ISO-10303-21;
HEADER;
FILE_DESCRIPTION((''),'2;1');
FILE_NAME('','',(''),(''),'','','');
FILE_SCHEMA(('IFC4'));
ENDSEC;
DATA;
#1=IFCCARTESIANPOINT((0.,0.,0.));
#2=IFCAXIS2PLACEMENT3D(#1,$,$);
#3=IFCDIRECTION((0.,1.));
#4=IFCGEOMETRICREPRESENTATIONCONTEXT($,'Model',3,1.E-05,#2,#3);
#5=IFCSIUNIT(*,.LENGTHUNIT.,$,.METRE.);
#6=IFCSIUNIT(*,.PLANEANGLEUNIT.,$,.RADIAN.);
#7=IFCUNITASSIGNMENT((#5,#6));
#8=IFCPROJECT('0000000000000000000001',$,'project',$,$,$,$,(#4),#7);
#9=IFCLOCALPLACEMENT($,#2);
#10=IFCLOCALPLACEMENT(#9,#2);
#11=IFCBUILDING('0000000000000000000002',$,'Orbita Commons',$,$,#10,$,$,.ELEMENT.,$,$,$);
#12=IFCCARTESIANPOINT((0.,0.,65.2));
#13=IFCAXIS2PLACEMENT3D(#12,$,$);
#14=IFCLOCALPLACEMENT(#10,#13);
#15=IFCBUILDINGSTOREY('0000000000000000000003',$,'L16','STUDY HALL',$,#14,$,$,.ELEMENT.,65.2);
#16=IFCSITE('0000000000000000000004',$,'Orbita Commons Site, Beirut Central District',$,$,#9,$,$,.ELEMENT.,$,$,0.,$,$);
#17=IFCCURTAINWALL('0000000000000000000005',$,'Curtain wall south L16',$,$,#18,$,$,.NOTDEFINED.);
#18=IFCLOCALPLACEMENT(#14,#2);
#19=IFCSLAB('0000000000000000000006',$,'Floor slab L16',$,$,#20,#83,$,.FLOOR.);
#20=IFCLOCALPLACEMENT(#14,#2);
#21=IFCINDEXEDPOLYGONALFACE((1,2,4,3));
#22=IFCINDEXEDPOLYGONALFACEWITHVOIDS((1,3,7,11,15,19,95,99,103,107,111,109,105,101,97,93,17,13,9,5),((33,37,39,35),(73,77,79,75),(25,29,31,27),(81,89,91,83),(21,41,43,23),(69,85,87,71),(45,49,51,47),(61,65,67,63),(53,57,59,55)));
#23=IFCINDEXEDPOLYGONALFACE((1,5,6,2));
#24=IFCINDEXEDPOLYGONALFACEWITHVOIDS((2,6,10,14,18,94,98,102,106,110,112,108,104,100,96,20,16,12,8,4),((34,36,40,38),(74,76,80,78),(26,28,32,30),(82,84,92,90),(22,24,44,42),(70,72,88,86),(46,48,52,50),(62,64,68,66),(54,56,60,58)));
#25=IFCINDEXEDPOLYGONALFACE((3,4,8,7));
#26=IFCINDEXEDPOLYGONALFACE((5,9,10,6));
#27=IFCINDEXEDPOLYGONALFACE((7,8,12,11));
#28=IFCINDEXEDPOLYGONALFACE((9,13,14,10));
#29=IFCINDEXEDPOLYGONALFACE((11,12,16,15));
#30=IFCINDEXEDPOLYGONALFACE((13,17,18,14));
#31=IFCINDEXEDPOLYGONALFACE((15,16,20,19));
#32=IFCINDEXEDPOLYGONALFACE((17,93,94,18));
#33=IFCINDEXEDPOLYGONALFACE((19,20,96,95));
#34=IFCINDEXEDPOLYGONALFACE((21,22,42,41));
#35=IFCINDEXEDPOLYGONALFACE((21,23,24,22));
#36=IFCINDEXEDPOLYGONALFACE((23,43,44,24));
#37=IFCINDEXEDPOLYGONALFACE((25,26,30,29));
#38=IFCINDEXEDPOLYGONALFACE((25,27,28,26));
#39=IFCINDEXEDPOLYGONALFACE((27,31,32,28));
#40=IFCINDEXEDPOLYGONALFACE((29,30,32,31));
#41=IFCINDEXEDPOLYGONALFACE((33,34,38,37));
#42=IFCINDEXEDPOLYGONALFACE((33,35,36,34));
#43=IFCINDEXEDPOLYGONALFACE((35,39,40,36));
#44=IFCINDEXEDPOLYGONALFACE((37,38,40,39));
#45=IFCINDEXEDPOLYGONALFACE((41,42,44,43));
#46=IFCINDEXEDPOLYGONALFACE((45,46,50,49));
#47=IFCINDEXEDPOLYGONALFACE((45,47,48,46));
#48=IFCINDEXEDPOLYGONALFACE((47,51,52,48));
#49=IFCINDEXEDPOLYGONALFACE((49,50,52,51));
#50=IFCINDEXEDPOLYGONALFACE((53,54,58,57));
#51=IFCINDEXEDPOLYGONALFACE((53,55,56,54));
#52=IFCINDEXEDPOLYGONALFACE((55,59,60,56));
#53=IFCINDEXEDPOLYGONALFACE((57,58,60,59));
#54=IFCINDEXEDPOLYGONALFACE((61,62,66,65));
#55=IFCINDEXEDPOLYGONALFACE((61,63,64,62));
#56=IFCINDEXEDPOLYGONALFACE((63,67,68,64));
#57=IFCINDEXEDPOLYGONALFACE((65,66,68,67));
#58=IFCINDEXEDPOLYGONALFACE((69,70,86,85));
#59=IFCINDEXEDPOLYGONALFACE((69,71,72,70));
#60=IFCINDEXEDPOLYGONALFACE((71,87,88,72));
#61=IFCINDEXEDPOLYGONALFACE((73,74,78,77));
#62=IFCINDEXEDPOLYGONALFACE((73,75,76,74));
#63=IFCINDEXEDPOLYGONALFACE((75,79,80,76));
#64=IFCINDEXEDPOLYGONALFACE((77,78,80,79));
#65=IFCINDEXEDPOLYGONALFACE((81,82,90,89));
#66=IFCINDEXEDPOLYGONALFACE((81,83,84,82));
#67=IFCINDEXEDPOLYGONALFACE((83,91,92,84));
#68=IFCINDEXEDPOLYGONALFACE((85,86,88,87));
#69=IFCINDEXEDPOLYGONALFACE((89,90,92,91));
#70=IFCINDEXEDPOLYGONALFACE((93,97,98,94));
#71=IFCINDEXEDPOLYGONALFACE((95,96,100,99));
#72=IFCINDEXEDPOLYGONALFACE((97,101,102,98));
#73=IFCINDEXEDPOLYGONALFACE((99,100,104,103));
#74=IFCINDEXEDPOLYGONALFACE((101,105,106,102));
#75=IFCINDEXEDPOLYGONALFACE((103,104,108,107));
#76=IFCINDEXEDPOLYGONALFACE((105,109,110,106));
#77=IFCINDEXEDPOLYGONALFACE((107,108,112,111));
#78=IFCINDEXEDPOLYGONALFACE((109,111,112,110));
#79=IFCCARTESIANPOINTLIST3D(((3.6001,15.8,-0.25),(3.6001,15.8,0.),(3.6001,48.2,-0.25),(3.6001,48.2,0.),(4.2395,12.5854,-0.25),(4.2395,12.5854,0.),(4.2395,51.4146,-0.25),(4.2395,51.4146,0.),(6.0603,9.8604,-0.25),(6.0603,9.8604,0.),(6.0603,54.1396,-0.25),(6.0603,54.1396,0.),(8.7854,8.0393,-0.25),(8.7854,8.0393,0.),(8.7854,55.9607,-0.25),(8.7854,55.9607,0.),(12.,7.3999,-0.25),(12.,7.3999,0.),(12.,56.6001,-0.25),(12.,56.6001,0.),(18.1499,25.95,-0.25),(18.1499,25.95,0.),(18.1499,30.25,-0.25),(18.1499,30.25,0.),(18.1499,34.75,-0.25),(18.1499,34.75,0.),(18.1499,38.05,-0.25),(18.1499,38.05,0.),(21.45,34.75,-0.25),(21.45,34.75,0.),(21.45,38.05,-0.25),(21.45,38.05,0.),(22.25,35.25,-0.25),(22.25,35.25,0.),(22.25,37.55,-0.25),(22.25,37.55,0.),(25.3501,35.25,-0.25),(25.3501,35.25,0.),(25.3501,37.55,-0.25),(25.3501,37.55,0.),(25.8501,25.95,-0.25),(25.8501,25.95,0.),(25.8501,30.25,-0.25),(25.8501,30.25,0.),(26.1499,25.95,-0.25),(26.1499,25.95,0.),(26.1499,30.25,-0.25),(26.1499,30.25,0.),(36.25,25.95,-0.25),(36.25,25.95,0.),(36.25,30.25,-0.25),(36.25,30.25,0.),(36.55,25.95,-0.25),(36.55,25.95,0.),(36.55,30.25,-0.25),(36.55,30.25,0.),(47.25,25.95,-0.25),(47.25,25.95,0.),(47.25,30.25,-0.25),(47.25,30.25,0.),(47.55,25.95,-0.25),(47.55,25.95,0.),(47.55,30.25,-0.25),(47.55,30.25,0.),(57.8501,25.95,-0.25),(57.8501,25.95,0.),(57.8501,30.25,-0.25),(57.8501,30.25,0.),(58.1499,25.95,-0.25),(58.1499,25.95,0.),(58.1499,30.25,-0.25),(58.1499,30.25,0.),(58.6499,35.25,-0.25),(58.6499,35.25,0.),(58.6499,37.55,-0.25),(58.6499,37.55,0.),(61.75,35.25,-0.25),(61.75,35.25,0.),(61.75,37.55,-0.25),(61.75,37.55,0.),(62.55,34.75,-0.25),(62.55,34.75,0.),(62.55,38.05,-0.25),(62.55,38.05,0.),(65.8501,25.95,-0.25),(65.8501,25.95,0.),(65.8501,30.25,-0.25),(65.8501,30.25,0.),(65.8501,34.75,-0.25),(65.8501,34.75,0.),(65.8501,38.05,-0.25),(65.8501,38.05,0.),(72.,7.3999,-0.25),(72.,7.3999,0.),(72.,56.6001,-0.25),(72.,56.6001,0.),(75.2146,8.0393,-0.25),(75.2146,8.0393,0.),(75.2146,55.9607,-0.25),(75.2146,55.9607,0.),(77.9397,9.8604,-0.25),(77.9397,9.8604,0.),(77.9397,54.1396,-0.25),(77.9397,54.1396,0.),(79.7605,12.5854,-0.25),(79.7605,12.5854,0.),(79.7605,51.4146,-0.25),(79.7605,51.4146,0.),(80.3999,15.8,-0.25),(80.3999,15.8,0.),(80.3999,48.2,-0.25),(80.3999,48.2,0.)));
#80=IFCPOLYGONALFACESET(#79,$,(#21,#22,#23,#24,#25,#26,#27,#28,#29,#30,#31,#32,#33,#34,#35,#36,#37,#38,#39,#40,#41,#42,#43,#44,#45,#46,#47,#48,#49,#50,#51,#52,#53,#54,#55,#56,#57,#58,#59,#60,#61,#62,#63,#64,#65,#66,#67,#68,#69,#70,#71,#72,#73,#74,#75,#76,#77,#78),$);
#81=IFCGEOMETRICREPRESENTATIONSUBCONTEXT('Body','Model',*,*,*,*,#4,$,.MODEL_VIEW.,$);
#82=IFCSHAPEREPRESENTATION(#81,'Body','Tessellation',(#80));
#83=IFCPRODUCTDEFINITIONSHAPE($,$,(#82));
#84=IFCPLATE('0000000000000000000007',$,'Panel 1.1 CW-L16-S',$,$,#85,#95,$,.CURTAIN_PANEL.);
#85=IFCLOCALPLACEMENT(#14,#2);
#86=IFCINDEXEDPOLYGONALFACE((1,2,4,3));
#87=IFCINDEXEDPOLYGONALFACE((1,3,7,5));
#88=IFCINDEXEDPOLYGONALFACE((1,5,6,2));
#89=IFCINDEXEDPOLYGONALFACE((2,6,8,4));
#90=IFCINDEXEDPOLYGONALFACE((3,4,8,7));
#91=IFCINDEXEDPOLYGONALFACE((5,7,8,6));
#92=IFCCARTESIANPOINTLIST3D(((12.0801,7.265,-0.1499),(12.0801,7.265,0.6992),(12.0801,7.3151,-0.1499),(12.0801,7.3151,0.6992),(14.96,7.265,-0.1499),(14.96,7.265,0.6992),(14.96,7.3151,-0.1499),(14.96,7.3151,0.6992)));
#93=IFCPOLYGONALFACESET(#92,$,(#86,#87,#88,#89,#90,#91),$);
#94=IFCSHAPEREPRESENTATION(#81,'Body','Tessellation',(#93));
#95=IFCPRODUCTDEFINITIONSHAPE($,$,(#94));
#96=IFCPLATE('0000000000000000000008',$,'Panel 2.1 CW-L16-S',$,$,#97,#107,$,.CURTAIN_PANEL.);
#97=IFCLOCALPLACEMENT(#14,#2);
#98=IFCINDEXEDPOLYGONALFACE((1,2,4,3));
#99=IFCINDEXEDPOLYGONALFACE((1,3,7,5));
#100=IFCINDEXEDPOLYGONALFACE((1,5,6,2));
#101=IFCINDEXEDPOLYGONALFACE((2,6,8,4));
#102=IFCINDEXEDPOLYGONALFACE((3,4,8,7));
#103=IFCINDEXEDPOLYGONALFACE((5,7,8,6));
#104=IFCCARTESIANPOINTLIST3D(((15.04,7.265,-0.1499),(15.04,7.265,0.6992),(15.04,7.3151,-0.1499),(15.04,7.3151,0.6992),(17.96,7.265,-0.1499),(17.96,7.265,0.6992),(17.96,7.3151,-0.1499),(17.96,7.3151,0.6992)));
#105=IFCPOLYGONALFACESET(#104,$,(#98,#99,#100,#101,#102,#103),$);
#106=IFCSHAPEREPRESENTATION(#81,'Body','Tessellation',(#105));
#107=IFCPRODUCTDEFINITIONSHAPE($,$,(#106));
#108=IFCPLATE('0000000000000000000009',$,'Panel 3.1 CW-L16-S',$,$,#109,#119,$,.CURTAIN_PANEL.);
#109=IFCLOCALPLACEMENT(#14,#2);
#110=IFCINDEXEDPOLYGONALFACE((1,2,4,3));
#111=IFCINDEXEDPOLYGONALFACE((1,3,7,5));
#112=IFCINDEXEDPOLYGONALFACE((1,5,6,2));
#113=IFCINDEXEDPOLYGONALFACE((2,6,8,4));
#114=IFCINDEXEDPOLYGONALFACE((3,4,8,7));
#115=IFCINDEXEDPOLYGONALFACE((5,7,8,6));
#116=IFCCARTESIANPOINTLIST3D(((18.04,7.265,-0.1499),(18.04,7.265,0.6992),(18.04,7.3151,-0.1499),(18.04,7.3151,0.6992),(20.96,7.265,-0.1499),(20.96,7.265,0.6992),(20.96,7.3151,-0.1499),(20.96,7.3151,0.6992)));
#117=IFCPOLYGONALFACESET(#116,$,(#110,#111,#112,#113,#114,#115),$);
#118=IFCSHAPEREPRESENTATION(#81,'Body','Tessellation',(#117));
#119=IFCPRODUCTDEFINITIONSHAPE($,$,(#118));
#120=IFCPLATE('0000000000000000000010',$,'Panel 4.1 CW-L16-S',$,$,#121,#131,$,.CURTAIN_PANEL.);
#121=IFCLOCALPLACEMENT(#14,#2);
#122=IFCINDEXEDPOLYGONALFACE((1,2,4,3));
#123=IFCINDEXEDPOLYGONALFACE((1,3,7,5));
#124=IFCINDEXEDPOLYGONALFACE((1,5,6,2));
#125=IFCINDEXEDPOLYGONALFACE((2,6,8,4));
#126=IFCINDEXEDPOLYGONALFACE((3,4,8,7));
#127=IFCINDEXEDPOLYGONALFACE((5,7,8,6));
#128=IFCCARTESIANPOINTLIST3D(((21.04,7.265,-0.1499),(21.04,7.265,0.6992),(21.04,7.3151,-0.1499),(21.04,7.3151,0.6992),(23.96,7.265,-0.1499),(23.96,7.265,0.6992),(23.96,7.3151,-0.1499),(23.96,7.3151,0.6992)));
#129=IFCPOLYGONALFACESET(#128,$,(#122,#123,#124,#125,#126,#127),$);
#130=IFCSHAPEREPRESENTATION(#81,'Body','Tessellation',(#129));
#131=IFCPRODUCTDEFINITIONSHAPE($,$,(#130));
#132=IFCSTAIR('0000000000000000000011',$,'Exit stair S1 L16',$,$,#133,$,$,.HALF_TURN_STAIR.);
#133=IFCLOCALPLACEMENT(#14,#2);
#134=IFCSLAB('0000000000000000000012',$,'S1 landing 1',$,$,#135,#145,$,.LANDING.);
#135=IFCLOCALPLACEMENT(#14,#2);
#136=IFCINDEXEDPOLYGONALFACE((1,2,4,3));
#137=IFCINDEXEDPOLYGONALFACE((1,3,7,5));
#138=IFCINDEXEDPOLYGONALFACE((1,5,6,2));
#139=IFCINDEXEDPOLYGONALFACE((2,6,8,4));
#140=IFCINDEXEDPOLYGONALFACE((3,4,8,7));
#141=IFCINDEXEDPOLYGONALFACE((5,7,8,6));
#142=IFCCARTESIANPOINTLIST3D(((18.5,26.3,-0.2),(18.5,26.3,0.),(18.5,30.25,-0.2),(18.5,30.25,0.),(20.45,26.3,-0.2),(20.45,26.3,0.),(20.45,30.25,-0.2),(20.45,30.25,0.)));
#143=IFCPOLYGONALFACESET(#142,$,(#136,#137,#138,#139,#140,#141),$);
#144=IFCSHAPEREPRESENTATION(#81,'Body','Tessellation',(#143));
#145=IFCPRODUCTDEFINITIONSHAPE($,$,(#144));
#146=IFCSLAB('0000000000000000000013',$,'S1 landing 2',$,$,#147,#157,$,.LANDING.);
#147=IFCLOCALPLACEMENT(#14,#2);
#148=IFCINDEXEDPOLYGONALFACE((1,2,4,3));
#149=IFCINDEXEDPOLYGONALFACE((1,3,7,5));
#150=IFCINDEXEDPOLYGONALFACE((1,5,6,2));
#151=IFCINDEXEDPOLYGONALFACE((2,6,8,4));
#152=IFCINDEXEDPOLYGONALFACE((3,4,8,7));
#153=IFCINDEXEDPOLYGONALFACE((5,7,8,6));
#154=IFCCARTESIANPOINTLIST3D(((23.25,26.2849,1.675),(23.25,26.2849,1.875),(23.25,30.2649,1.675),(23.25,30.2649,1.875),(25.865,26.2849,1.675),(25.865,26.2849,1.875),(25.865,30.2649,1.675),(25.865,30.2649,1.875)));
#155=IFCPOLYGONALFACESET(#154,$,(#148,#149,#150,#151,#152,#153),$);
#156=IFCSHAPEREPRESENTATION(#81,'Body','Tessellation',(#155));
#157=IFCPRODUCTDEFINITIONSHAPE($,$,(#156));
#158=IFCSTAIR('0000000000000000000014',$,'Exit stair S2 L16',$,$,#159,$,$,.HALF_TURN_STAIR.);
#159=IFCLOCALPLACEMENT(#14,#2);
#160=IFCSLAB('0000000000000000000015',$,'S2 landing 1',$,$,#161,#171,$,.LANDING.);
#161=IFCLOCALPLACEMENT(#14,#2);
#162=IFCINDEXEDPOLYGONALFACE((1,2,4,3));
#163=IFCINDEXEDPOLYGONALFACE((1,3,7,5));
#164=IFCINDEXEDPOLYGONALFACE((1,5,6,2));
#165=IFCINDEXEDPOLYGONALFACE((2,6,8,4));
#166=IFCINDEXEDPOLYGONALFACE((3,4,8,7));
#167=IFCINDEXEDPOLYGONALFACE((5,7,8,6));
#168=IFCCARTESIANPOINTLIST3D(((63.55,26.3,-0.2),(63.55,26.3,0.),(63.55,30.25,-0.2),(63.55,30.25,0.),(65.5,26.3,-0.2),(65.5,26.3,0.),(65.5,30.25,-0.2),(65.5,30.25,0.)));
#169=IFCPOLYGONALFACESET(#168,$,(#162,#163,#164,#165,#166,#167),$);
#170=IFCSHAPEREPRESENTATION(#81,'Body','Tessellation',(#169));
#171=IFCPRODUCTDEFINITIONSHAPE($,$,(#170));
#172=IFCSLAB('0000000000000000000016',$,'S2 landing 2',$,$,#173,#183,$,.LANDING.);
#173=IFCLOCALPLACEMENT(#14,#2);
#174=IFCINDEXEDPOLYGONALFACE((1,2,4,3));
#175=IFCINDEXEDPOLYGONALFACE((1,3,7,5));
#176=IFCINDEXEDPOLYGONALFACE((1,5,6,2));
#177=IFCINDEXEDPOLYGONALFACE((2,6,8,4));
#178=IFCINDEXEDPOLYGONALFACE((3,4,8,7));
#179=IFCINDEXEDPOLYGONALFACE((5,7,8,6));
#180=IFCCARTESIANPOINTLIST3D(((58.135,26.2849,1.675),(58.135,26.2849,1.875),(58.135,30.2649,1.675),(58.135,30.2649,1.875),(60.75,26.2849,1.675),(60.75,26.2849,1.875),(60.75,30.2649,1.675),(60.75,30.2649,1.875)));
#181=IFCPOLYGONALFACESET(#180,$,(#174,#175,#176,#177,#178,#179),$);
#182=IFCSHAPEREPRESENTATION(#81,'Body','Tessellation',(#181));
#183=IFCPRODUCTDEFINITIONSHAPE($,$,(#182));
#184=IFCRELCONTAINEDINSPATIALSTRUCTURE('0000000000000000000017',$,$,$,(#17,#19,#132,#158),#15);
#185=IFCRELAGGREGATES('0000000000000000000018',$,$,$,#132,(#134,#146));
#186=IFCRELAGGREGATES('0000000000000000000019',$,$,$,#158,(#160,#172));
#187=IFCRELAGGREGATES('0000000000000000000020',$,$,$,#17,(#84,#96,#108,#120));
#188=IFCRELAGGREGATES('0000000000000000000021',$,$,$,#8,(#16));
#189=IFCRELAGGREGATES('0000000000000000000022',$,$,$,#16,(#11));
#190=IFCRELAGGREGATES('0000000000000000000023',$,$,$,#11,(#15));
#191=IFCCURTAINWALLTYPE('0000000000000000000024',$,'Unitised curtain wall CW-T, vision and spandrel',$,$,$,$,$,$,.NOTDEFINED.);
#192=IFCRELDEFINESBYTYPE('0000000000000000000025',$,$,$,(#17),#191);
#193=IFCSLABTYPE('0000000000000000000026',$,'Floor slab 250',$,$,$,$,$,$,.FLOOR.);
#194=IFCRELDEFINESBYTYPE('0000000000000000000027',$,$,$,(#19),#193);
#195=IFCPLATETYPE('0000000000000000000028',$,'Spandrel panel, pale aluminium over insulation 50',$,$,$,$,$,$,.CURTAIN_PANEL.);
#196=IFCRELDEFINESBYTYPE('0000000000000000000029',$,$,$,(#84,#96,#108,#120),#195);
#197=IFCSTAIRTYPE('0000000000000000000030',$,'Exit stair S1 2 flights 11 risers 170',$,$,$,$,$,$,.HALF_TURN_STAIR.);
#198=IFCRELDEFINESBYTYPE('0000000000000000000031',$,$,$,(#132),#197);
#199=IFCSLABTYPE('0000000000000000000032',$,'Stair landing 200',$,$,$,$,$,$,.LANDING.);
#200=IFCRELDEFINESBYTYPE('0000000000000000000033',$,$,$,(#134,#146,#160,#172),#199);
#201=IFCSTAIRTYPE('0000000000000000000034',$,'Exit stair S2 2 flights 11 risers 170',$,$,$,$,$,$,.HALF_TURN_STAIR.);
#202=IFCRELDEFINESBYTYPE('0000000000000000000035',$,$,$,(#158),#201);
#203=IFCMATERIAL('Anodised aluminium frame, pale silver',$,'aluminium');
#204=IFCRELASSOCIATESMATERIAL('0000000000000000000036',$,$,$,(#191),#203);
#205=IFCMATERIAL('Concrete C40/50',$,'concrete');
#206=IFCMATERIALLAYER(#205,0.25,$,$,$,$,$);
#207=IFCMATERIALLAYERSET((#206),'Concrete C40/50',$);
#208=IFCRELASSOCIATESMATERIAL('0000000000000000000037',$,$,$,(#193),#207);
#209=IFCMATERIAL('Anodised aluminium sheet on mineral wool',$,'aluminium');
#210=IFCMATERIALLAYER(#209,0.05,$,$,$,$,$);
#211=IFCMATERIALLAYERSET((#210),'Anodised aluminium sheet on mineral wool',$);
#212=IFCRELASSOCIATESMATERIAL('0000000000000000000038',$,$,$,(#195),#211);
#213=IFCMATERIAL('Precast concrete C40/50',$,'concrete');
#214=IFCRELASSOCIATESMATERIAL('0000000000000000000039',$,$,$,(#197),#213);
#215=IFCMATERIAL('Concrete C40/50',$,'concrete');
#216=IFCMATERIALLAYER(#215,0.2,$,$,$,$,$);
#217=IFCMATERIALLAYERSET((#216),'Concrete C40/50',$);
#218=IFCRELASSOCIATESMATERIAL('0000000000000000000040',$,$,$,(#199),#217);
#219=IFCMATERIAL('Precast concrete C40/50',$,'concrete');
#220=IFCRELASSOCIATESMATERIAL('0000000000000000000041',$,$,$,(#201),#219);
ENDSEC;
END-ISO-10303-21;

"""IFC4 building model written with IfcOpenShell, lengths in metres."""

from ifc_helpers import new_model, si_unit, direction, frame, origin, origin_2d, place, context, subcontext, project, spatial, polyline, rectangle, outline, extrude, material, layer, layer_set, type_object, element, aggregate, save


model = new_model("IFC4")

# Units and contexts
model_context = context("Model", 3, precision=1e-05, world=origin(), true_north=direction((0.0, 1.0)))
body_context = subcontext(model_context, "Body", "Model", "MODEL_VIEW")
ifc_project = project(units=[si_unit("LENGTHUNIT", "METRE"), si_unit("PLANEANGLEUNIT", "RADIAN")], contexts=[model_context])

# Site, building, storey
site_placement = place(None, origin())
site = spatial("IfcSite", under=ifc_project, at=site_placement, Name="Orbita Commons Site, Beirut Central District", CompositionType="ELEMENT", RefElevation=0.0)
building_placement = place(site_placement, origin())
building = spatial("IfcBuilding", under=site, at=building_placement, Name="Orbita Commons", CompositionType="ELEMENT")
storey_placement = place(building_placement, frame((0.0, 0.0, 65.2)))
storey = spatial("IfcBuildingStorey", under=building, at=storey_placement, Name="L16", Description="STUDY HALL", CompositionType="ELEMENT", Elevation=65.2)

# Curtain wall
ifc_material_1 = material(Name="Anodised aluminium frame, pale silver", Category="aluminium")
curtain_wall_type = type_object("IfcCurtainWallType", Name="Unitised curtain wall CW-T, vision and spandrel", PredefinedType="NOTDEFINED", material=ifc_material_1)
curtain_wall_placement = place(storey_placement, origin())
curtain_wall = element("IfcCurtainWall", 1, at=curtain_wall_placement, inside=storey, type_object=curtain_wall_type, Name="Curtain wall south L16", PredefinedType="NOTDEFINED")

# Slab
ifc_material_2 = material(Name="Concrete C40/50", Category="concrete")
ifc_layer_1 = layer(ifc_material_2, 0.25)
ifc_layer_set_1 = layer_set([ifc_layer_1], Name="Concrete C40/50")
slab_type_1 = type_object("IfcSlabType", Name="Floor slab 250", PredefinedType="FLOOR", material=ifc_layer_set_1)
slab_1_placement = place(storey_placement, frame((0.0, 0.0, -0.25)))
element("IfcSlab", 2, at=slab_1_placement, inside=storey, type_object=slab_type_1, Name="Floor slab L16", PredefinedType="FLOOR", context=body_context, shape_type="SweptSolid", body=[
    extrude(outline(polyline([(72.0, 7.3999), (75.2146, 8.0393), (77.9397, 9.8604), (79.7605, 12.5854), (80.3999, 15.8), (80.3999, 48.2), (79.7605, 51.4146), (77.9397, 54.1396), (75.2146, 55.9607), (72.0, 56.6001), (12.0, 56.6001), (8.7854, 55.9607), (6.0603, 54.1396), (4.2395, 51.4146), (3.6001, 48.2), (3.6001, 15.8), (4.2395, 12.5854), (6.0603, 9.8604), (8.7854, 8.0393), (12.0, 7.3999), (72.0, 7.3999)]), holes=[polyline([(18.1499, 25.95), (25.8501, 25.95), (25.8501, 30.25), (18.1499, 30.25), (18.1499, 25.95)]), polyline([(58.1499, 25.95), (65.8501, 25.95), (65.8501, 30.25), (58.1499, 30.25), (58.1499, 25.95)]), polyline([(18.1499, 34.75), (21.45, 34.75), (21.45, 38.05), (18.1499, 38.05), (18.1499, 34.75)]), polyline([(62.55, 34.75), (65.8501, 34.75), (65.8501, 38.05), (62.55, 38.05), (62.55, 34.75)]), polyline([(22.25, 35.25), (25.3501, 35.25), (25.3501, 37.55), (22.25, 37.55), (22.25, 35.25)]), polyline([(58.6499, 35.25), (61.75, 35.25), (61.75, 37.55), (58.6499, 37.55), (58.6499, 35.25)]), polyline([(26.1499, 25.95), (36.25, 25.95), (36.25, 30.25), (26.1499, 30.25), (26.1499, 25.95)]), polyline([(36.55, 25.95), (47.25, 25.95), (47.25, 30.25), (36.55, 30.25), (36.55, 25.95)]), polyline([(47.55, 25.95), (57.8501, 25.95), (57.8501, 30.25), (47.55, 30.25), (47.55, 25.95)])]), origin(), (0.0, 0.0, 1.0), 0.25),
])

# Plates
ifc_material_3 = material(Name="Anodised aluminium sheet on mineral wool", Category="aluminium")
ifc_layer_2 = layer(ifc_material_3, 0.05)
ifc_layer_set_2 = layer_set([ifc_layer_2], Name="Anodised aluminium sheet on mineral wool")
plate_type_1 = type_object("IfcPlateType", Name="Spandrel panel, pale aluminium over insulation 50", PredefinedType="CURTAIN_PANEL", material=ifc_layer_set_2)
plate_1_placement = place(storey_placement, frame((13.52, 7.29, -0.1499), z_axis=(0.0, 0.0, 1.0), x_axis=(1.0, 0.0, 0.0)))
plate_1 = element("IfcPlate", 3, at=plate_1_placement, type_object=plate_type_1, Name="Panel 1.1 CW-L16-S", PredefinedType="CURTAIN_PANEL", context=body_context, shape_type="SweptSolid", body=[
    extrude(rectangle(XDim=2.8799, YDim=0.05, at=origin_2d()), origin(), (0.0, 0.0, 1.0), 0.8491),
])
plate_2_placement = place(storey_placement, frame((16.5, 7.29, -0.1499), z_axis=(0.0, 0.0, 1.0), x_axis=(1.0, 0.0, 0.0)))
plate_2 = element("IfcPlate", 4, at=plate_2_placement, type_object=plate_type_1, Name="Panel 2.1 CW-L16-S", PredefinedType="CURTAIN_PANEL", context=body_context, shape_type="SweptSolid", body=[
    extrude(rectangle(XDim=2.9199, YDim=0.05, at=origin_2d()), origin(), (0.0, 0.0, 1.0), 0.8491),
])
plate_3_placement = place(storey_placement, frame((19.5, 7.29, -0.1499), z_axis=(0.0, 0.0, 1.0), x_axis=(1.0, 0.0, 0.0)))
plate_3 = element("IfcPlate", 5, at=plate_3_placement, type_object=plate_type_1, Name="Panel 3.1 CW-L16-S", PredefinedType="CURTAIN_PANEL", context=body_context, shape_type="SweptSolid", body=[
    extrude(rectangle(XDim=2.9199, YDim=0.05, at=origin_2d()), origin(), (0.0, 0.0, 1.0), 0.8491),
])
plate_4_placement = place(storey_placement, frame((22.5, 7.29, -0.1499), z_axis=(0.0, 0.0, 1.0), x_axis=(1.0, 0.0, 0.0)))
plate_4 = element("IfcPlate", 6, at=plate_4_placement, type_object=plate_type_1, Name="Panel 4.1 CW-L16-S", PredefinedType="CURTAIN_PANEL", context=body_context, shape_type="SweptSolid", body=[
    extrude(rectangle(XDim=2.9199, YDim=0.05, at=origin_2d()), origin(), (0.0, 0.0, 1.0), 0.8491),
])

# Stairs, slabs
ifc_material_4 = material(Name="Precast concrete C40/50", Category="concrete")
stair_type_1 = type_object("IfcStairType", Name="Exit stair S1 2 flights 11 risers 170", PredefinedType="HALF_TURN_STAIR", material=ifc_material_4)
stair_1_placement = place(storey_placement, origin())
stair_1 = element("IfcStair", 7, at=stair_1_placement, inside=storey, type_object=stair_type_1, Name="Exit stair S1 L16", PredefinedType="HALF_TURN_STAIR")
ifc_material_5 = material(Name="Concrete C40/50", Category="concrete")
ifc_layer_3 = layer(ifc_material_5, 0.2)
ifc_layer_set_3 = layer_set([ifc_layer_3], Name="Concrete C40/50")
slab_type_2 = type_object("IfcSlabType", Name="Stair landing 200", PredefinedType="LANDING", material=ifc_layer_set_3)
slab_2_placement = place(storey_placement, frame((0.0, 0.0, -0.2)))
slab_2 = element("IfcSlab", 8, at=slab_2_placement, type_object=slab_type_2, Name="S1 landing 1", PredefinedType="LANDING", context=body_context, shape_type="SweptSolid", body=[
    extrude(outline(polyline([(18.5, 26.3), (20.45, 26.3), (20.45, 30.25), (18.5, 30.25), (18.5, 26.3)])), origin(), (0.0, 0.0, 1.0), 0.2),
])
slab_3_placement = place(storey_placement, frame((0.0, 0.0, 1.675)))
slab_3 = element("IfcSlab", 9, at=slab_3_placement, type_object=slab_type_2, Name="S1 landing 2", PredefinedType="LANDING", context=body_context, shape_type="SweptSolid", body=[
    extrude(outline(polyline([(23.25, 26.2849), (25.865, 26.2849), (25.865, 30.2649), (23.25, 30.2649), (23.25, 26.2849)])), origin(), (0.0, 0.0, 1.0), 0.2),
])
aggregate(stair_1, [slab_2, slab_3])
ifc_material_6 = material(Name="Precast concrete C40/50", Category="concrete")
stair_type_2 = type_object("IfcStairType", Name="Exit stair S2 2 flights 11 risers 170", PredefinedType="HALF_TURN_STAIR", material=ifc_material_6)
stair_2_placement = place(storey_placement, origin())
stair_2 = element("IfcStair", 10, at=stair_2_placement, inside=storey, type_object=stair_type_2, Name="Exit stair S2 L16", PredefinedType="HALF_TURN_STAIR")
slab_4_placement = place(storey_placement, frame((0.0, 0.0, -0.2)))
slab_4 = element("IfcSlab", 11, at=slab_4_placement, type_object=slab_type_2, Name="S2 landing 1", PredefinedType="LANDING", context=body_context, shape_type="SweptSolid", body=[
    extrude(outline(polyline([(63.55, 26.3), (65.5, 26.3), (65.5, 30.25), (63.55, 30.25), (63.55, 26.3)])), origin(), (0.0, 0.0, 1.0), 0.2),
])
slab_5_placement = place(storey_placement, frame((0.0, 0.0, 1.675)))
slab_5 = element("IfcSlab", 12, at=slab_5_placement, type_object=slab_type_2, Name="S2 landing 2", PredefinedType="LANDING", context=body_context, shape_type="SweptSolid", body=[
    extrude(outline(polyline([(58.135, 26.2849), (60.75, 26.2849), (60.75, 30.2649), (58.135, 30.2649), (58.135, 26.2849)])), origin(), (0.0, 0.0, 1.0), 0.2),
])
aggregate(stair_2, [slab_4, slab_5])

aggregate(curtain_wall, [plate_1, plate_2, plate_3, plate_4])

save(model, "model.ifc")
